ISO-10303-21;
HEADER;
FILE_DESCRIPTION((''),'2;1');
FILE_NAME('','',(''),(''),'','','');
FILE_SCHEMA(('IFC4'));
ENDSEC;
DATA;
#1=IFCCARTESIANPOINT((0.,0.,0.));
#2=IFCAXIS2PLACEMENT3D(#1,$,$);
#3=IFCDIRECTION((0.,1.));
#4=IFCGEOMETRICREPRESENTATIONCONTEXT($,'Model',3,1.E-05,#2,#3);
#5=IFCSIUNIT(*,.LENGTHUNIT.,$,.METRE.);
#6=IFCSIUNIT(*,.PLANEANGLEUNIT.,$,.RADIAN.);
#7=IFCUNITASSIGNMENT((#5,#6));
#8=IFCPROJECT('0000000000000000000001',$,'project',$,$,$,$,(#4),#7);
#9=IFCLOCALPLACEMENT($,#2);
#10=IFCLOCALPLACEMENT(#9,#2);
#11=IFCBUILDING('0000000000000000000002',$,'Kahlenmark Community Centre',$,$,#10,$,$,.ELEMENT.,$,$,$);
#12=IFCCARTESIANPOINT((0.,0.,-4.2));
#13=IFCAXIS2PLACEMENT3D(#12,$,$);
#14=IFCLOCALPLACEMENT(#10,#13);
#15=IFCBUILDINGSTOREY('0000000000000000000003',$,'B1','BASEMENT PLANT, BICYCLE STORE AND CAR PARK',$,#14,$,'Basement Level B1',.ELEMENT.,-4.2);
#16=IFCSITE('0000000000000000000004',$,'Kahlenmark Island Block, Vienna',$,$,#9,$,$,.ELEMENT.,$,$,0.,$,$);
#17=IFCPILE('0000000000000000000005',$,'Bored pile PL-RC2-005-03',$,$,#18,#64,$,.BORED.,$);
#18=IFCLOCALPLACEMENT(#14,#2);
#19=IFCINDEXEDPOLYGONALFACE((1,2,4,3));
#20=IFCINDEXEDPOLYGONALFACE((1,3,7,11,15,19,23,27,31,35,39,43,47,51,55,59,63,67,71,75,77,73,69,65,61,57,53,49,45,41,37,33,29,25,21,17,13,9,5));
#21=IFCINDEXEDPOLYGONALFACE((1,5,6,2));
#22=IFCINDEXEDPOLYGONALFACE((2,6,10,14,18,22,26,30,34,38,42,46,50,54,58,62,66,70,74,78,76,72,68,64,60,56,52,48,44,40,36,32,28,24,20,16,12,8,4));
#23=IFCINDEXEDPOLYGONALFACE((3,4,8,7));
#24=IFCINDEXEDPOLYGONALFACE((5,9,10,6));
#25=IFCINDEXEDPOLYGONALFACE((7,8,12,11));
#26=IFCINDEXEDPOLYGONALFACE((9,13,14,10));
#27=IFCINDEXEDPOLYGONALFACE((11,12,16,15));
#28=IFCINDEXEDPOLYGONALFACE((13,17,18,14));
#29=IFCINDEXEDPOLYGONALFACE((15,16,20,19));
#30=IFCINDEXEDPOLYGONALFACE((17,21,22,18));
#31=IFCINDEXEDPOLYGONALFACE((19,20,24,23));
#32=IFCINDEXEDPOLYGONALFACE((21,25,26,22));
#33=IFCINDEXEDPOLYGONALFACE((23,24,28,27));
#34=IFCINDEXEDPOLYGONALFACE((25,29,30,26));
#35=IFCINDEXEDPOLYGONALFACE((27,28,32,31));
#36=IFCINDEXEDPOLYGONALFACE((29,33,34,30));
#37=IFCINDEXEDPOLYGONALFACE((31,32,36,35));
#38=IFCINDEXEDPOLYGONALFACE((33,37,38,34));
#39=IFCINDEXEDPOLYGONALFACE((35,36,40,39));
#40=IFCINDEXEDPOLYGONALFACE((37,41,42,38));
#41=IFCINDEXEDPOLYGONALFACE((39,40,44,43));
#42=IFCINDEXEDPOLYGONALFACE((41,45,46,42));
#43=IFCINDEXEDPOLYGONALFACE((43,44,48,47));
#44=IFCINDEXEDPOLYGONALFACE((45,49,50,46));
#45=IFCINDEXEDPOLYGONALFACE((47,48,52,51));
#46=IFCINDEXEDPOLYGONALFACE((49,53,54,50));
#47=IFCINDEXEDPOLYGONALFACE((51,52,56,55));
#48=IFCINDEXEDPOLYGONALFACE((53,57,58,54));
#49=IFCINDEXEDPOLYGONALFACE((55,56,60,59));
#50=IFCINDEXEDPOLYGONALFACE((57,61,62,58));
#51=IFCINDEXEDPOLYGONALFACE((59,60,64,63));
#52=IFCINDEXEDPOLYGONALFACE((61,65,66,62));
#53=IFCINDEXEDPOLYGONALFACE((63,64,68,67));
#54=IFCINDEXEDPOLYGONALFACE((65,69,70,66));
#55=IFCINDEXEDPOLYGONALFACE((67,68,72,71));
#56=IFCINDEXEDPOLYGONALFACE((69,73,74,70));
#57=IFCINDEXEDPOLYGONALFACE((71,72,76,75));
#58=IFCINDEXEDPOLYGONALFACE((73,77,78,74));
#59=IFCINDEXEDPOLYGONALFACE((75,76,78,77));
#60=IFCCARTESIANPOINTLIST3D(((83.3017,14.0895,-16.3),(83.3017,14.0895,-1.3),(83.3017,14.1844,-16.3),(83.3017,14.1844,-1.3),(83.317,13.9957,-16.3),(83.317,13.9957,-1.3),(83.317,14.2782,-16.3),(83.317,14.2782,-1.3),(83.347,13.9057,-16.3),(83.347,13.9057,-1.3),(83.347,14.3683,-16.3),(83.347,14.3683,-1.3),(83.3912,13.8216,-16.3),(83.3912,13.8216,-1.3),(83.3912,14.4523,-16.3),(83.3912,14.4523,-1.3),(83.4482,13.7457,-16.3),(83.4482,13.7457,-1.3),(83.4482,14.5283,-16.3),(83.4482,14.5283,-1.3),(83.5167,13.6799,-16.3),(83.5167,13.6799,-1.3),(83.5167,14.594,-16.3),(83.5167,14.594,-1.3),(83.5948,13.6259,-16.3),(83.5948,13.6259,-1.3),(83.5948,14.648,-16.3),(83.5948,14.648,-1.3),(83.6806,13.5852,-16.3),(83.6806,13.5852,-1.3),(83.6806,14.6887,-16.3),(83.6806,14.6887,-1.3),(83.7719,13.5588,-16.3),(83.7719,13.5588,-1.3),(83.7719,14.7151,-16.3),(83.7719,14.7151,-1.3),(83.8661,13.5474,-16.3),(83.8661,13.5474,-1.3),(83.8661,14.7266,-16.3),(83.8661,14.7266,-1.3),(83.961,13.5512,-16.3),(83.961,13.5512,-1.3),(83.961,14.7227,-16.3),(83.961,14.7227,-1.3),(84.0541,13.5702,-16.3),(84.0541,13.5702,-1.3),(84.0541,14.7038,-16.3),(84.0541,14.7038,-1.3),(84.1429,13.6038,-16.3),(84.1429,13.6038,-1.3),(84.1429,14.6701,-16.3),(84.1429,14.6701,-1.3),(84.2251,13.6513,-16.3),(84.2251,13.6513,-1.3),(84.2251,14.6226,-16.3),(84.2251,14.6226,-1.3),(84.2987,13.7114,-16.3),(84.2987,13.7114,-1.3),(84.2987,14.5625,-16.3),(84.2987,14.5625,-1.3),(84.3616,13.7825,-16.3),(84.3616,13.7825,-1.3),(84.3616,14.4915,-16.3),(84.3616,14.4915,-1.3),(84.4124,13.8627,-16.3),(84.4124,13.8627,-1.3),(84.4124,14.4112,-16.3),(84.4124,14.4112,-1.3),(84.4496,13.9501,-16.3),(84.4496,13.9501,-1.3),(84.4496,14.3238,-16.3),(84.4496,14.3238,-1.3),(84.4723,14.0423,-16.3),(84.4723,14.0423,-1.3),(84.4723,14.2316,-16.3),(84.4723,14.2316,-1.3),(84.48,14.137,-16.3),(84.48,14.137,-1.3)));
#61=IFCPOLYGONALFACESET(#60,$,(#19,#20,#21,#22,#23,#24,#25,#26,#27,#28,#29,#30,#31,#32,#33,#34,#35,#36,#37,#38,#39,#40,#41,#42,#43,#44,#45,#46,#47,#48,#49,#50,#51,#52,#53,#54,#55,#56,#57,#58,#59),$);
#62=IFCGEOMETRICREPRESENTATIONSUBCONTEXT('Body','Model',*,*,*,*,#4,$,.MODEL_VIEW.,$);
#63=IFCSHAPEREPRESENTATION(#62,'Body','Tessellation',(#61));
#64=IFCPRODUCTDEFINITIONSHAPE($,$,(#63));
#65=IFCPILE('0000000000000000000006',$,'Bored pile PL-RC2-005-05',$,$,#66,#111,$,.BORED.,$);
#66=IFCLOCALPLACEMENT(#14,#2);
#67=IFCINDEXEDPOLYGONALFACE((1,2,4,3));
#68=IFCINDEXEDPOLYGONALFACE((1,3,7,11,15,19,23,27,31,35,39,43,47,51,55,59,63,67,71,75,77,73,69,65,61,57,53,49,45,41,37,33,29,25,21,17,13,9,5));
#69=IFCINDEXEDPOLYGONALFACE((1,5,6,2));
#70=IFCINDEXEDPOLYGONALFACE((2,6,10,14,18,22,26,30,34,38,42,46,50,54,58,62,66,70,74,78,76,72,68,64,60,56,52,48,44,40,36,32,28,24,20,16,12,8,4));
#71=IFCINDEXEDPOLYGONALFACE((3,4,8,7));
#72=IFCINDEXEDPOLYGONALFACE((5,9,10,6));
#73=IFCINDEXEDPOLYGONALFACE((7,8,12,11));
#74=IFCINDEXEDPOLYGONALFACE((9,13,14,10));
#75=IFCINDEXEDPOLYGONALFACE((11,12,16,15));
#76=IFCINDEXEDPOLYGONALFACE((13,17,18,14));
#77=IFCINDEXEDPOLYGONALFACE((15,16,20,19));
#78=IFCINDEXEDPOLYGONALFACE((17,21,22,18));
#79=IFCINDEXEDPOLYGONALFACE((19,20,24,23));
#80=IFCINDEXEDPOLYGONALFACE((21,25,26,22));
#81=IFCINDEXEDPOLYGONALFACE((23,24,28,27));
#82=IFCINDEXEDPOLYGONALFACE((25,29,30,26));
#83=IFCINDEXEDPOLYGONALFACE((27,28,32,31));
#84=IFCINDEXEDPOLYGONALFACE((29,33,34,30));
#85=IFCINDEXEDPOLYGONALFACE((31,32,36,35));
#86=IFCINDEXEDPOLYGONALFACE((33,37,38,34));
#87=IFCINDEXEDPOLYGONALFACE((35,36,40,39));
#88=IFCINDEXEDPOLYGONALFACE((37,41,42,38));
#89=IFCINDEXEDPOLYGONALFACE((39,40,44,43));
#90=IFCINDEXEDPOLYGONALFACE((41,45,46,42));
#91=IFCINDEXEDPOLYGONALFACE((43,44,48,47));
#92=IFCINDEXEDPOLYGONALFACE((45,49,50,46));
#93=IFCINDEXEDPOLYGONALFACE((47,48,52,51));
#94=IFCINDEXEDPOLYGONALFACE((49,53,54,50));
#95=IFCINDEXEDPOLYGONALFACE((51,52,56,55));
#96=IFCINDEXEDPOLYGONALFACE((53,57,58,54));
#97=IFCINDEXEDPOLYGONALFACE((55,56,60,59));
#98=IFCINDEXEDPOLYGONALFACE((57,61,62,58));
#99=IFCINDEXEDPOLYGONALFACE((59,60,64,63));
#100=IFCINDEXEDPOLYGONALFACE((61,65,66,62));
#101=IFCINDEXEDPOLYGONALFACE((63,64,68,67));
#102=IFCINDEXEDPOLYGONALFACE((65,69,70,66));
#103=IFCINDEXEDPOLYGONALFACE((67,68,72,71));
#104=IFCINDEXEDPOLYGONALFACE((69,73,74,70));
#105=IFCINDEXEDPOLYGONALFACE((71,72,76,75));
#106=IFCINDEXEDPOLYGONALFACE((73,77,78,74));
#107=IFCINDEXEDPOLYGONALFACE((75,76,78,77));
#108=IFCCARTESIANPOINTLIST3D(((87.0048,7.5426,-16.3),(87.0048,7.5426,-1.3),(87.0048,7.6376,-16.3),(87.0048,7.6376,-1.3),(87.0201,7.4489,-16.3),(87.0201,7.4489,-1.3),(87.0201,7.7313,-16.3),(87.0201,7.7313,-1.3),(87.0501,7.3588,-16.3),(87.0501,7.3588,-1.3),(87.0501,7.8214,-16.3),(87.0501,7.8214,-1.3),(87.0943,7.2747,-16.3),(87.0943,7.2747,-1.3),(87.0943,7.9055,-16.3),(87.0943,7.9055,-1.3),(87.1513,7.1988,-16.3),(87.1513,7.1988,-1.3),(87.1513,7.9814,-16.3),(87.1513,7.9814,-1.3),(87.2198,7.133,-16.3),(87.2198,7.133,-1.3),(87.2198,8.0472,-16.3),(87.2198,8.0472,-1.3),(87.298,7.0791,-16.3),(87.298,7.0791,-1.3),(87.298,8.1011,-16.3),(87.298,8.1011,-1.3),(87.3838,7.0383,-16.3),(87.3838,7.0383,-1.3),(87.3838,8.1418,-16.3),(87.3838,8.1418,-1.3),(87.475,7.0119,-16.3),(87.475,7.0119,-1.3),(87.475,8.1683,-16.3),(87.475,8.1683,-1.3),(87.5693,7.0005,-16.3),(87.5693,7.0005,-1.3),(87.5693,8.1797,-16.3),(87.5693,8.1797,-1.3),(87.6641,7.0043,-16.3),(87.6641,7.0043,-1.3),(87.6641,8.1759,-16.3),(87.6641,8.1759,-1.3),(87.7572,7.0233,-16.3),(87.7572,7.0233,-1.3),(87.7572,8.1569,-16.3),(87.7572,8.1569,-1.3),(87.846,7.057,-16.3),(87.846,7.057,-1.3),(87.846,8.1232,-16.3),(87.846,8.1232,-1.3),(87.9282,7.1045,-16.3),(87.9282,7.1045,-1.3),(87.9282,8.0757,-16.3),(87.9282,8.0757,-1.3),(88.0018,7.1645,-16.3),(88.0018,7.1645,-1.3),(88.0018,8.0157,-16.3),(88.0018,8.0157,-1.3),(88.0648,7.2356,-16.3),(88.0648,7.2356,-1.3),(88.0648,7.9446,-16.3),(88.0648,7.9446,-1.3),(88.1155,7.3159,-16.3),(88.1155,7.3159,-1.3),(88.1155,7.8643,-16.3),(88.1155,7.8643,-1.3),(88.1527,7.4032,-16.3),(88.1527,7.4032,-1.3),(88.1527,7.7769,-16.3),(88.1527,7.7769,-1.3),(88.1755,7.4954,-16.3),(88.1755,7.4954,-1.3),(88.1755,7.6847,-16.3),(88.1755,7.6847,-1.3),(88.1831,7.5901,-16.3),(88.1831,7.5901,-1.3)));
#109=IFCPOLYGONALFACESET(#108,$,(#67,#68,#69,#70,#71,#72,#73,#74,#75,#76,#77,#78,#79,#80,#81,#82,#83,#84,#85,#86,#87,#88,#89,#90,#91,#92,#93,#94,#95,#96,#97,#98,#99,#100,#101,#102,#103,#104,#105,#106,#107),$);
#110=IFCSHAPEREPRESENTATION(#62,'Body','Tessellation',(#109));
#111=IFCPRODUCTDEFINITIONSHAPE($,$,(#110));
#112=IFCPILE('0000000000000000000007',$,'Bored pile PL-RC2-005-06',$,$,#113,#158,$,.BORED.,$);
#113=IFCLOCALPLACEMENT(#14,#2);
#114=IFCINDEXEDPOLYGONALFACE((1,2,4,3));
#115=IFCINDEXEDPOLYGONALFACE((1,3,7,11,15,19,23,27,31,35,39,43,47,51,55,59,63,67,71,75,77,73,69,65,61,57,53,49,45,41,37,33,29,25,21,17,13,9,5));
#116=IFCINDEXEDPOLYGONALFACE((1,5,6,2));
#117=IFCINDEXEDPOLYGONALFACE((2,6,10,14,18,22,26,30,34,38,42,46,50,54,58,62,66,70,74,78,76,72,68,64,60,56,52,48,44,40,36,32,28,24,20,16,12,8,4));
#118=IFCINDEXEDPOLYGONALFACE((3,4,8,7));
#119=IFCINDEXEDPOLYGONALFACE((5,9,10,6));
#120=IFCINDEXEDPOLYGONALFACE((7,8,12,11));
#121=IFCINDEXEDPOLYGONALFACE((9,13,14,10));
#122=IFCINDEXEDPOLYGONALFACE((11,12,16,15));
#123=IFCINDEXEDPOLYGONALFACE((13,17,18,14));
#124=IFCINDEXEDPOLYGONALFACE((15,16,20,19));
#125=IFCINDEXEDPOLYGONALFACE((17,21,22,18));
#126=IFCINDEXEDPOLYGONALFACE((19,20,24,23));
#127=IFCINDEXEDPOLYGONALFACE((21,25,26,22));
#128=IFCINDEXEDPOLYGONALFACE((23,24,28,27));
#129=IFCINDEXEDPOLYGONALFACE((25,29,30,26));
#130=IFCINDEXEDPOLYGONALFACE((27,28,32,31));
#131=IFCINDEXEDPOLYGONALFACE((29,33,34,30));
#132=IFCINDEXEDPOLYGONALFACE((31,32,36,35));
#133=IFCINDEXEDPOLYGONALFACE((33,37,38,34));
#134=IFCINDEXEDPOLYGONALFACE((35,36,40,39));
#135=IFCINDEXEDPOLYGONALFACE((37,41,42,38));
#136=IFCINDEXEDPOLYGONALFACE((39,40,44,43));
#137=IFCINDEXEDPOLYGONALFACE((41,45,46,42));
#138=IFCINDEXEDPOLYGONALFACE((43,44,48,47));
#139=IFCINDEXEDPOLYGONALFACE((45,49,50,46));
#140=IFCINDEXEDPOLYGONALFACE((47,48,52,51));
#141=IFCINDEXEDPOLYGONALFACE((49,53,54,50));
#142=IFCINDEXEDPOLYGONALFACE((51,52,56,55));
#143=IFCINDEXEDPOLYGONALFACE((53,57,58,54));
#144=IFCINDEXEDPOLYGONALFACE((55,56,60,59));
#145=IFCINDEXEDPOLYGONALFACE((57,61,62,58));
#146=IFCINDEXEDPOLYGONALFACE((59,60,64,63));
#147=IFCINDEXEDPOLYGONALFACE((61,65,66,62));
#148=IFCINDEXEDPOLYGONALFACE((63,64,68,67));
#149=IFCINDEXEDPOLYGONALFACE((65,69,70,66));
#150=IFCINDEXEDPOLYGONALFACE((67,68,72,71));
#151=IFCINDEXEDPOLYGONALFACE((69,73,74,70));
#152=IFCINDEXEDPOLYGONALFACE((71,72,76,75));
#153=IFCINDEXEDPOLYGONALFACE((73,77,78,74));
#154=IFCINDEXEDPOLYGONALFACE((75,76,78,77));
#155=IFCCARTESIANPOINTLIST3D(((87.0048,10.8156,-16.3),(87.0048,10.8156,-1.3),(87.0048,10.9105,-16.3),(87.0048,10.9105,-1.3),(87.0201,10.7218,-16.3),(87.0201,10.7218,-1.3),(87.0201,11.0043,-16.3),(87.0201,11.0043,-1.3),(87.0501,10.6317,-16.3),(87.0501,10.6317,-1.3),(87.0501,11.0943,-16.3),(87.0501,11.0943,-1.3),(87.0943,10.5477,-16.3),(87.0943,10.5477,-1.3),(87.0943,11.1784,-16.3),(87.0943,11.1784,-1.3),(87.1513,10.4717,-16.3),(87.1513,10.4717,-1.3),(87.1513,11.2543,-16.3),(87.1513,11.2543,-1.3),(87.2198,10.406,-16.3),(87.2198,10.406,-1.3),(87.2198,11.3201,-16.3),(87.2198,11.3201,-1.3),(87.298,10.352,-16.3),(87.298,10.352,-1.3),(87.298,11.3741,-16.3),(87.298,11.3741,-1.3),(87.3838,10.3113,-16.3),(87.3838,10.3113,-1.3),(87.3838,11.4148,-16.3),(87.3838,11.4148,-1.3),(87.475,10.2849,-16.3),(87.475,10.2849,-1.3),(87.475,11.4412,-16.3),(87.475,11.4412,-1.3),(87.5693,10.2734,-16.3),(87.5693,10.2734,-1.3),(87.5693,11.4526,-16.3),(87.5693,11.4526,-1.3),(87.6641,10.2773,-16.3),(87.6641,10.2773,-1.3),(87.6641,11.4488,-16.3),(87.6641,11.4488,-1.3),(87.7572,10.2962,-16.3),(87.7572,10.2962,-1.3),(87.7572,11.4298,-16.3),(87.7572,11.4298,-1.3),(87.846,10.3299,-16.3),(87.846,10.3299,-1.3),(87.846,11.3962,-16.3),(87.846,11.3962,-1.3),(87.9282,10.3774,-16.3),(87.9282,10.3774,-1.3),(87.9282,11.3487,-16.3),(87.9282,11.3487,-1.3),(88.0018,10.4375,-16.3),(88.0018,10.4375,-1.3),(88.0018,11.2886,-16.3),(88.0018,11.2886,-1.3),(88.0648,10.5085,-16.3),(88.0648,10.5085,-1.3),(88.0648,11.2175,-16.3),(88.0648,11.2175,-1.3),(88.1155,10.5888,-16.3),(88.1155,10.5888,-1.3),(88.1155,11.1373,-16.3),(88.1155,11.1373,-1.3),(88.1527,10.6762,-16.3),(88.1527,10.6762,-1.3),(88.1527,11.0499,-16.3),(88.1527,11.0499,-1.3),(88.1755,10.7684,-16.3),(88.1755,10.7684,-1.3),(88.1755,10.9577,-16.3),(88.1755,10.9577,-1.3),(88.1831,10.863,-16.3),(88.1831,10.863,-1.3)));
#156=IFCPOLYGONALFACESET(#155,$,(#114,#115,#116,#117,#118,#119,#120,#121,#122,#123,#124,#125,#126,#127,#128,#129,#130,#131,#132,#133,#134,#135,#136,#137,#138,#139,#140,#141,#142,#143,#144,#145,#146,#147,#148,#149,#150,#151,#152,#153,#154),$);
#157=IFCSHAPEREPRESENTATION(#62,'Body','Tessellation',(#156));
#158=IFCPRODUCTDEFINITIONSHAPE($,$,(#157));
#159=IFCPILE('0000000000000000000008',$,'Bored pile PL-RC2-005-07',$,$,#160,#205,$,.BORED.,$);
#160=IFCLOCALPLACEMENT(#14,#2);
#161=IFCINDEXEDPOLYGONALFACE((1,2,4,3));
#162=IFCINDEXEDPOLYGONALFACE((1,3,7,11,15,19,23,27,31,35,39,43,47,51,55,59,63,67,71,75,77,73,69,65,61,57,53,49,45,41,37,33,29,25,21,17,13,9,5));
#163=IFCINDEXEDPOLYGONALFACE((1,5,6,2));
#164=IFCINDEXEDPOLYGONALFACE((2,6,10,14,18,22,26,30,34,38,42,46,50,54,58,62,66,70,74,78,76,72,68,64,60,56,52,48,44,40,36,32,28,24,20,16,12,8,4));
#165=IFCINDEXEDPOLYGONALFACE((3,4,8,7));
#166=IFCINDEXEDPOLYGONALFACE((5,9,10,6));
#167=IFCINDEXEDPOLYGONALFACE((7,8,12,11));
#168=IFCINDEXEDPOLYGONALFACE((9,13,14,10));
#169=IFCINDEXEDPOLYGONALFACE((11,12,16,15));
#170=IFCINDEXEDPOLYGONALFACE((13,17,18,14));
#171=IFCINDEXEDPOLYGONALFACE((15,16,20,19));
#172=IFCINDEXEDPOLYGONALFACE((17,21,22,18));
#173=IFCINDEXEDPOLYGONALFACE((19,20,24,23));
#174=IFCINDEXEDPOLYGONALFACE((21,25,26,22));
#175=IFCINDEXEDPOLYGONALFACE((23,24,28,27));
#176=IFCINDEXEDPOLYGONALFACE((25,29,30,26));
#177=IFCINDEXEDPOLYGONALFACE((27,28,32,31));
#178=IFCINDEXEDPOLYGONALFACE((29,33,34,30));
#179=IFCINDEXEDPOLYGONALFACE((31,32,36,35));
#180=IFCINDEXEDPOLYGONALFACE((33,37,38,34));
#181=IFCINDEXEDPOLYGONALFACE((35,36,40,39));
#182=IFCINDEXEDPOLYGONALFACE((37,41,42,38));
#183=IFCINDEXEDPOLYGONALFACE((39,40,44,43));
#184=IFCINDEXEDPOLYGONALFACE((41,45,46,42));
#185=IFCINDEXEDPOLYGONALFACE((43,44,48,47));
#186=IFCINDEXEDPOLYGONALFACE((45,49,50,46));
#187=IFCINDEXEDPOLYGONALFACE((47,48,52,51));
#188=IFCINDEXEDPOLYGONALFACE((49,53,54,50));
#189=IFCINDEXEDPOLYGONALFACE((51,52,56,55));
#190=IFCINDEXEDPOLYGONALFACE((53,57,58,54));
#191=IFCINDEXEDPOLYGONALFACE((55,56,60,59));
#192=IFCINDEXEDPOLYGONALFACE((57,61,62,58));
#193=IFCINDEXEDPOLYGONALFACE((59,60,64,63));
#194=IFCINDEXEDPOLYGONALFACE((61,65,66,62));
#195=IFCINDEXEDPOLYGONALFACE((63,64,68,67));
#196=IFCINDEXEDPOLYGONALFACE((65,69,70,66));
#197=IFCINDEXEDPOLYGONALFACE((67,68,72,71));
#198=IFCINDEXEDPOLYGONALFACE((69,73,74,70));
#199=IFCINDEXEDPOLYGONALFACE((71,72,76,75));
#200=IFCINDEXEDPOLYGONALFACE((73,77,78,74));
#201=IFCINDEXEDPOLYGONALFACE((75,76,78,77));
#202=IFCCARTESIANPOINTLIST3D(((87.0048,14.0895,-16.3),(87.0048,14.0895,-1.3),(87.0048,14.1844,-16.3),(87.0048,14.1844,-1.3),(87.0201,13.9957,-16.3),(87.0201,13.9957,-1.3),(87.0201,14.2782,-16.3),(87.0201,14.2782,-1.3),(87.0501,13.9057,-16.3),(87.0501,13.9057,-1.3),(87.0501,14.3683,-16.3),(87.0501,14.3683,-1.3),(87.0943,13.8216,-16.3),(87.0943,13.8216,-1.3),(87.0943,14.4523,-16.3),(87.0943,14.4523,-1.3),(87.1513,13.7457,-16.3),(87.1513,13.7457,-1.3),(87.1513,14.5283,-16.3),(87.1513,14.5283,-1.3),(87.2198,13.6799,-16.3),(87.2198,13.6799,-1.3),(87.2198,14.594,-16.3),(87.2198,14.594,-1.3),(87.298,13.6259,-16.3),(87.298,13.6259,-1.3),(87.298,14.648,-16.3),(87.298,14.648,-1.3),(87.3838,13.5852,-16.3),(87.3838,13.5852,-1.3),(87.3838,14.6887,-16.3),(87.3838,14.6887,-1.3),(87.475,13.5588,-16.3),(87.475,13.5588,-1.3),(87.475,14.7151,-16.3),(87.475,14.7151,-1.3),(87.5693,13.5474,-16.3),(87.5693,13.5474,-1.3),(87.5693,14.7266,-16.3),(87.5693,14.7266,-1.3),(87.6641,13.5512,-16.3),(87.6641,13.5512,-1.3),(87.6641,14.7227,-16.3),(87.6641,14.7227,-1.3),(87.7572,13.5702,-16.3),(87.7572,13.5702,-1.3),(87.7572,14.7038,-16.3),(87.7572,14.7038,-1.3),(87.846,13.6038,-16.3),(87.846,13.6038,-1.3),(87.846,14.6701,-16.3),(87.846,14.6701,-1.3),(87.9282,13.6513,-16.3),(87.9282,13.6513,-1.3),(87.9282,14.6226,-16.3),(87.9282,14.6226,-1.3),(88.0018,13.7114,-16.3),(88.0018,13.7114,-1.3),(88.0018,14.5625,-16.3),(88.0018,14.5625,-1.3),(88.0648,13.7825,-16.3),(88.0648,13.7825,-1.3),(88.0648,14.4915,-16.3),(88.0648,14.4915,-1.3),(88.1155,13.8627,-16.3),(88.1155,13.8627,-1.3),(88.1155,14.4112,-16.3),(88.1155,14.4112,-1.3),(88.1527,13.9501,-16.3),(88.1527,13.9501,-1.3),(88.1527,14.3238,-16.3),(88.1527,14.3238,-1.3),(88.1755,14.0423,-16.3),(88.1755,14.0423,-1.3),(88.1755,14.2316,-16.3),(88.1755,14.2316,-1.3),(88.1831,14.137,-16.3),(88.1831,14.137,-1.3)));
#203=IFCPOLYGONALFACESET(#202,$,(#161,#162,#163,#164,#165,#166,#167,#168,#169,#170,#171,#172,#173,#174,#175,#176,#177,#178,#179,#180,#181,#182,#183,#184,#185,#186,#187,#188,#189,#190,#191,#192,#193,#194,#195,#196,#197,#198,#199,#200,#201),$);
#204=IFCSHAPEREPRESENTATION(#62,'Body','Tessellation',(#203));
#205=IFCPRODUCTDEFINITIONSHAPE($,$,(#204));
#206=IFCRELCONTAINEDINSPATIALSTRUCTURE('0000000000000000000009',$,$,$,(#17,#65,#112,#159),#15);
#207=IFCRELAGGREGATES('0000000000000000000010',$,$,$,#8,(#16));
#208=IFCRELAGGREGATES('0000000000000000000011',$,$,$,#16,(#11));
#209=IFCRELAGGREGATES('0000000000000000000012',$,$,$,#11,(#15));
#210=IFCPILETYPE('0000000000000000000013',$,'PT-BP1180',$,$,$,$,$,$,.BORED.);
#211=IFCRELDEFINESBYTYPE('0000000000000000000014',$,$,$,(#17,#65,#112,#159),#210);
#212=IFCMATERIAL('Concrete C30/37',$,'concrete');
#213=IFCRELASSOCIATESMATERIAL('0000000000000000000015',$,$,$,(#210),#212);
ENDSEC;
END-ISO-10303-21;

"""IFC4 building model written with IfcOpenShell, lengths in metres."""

from ifc_helpers import new_model, si_unit, direction, frame, origin, origin_2d, place, context, subcontext, project, spatial, circle, extrude, material, material_profile, profile_set, type_object, element, save


model = new_model("IFC4")

# Units and contexts
model_context = context("Model", 3, precision=1e-05, world=origin(), true_north=direction((0.0, 1.0)))
body_context = subcontext(model_context, "Body", "Model", "MODEL_VIEW")
ifc_project = project(units=[si_unit("LENGTHUNIT", "METRE"), si_unit("PLANEANGLEUNIT", "RADIAN")], contexts=[model_context])

# Site, building, storey
site_placement = place(None, origin())
site = spatial("IfcSite", under=ifc_project, at=site_placement, Name="Kahlenmark Island Block, Vienna", CompositionType="ELEMENT", RefElevation=0.0)
building_placement = place(site_placement, origin())
building = spatial("IfcBuilding", under=site, at=building_placement, Name="Kahlenmark Community Centre", CompositionType="ELEMENT")
storey_placement = place(building_placement, frame((0.0, 0.0, -4.2)))
storey = spatial("IfcBuildingStorey", under=building, at=storey_placement, Name="B1", Description="BASEMENT PLANT, BICYCLE STORE AND CAR PARK", LongName="Basement Level B1", CompositionType="ELEMENT", Elevation=-4.2)

# Shared definitions
ifc_material_1 = material(Name="Concrete C30/37", Category="concrete")

# Piles
ifc_material_profile_1 = material_profile(ifc_material_1, circle(Radius=0.5901, at=origin_2d()), Name="BORED PILE 1180")
ifc_profile_set_1 = profile_set([ifc_material_profile_1], Name="Concrete C30/37")
pile_type_1 = type_object("IfcPileType", Name="PT-BP1180", PredefinedType="BORED", material=ifc_profile_set_1)
for number, where, z_axis, x_axis, name in (
    (1, (83.8899, 14.137, -1.3), (0.0, 0.0, -1.0), (1.0, 0.0, 0.0), "Bored pile PL-RC2-005-03"),
    (2, (87.593, 7.5901, -1.3), (0.0, 0.0, -1.0), (1.0, 0.0, 0.0), "Bored pile PL-RC2-005-05"),
    (3, (87.593, 10.863, -1.3), (0.0, 0.0, -1.0), (1.0, 0.0, 0.0), "Bored pile PL-RC2-005-06"),
    (4, (87.593, 14.137, -1.3), (0.0, 0.0, -1.0), (1.0, 0.0, 0.0), "Bored pile PL-RC2-005-07"),
):
    element("IfcPile", number, at=place(storey_placement, frame(where, z_axis=z_axis, x_axis=x_axis)), inside=storey, type_object=pile_type_1, Name=name, PredefinedType="BORED", context=body_context, shape_type="SweptSolid", body=[
        extrude(circle(Radius=0.5901, at=origin_2d()), origin(), (0.0, 0.0, 1.0), 15.0),
    ])

save(model, "model.ifc")
